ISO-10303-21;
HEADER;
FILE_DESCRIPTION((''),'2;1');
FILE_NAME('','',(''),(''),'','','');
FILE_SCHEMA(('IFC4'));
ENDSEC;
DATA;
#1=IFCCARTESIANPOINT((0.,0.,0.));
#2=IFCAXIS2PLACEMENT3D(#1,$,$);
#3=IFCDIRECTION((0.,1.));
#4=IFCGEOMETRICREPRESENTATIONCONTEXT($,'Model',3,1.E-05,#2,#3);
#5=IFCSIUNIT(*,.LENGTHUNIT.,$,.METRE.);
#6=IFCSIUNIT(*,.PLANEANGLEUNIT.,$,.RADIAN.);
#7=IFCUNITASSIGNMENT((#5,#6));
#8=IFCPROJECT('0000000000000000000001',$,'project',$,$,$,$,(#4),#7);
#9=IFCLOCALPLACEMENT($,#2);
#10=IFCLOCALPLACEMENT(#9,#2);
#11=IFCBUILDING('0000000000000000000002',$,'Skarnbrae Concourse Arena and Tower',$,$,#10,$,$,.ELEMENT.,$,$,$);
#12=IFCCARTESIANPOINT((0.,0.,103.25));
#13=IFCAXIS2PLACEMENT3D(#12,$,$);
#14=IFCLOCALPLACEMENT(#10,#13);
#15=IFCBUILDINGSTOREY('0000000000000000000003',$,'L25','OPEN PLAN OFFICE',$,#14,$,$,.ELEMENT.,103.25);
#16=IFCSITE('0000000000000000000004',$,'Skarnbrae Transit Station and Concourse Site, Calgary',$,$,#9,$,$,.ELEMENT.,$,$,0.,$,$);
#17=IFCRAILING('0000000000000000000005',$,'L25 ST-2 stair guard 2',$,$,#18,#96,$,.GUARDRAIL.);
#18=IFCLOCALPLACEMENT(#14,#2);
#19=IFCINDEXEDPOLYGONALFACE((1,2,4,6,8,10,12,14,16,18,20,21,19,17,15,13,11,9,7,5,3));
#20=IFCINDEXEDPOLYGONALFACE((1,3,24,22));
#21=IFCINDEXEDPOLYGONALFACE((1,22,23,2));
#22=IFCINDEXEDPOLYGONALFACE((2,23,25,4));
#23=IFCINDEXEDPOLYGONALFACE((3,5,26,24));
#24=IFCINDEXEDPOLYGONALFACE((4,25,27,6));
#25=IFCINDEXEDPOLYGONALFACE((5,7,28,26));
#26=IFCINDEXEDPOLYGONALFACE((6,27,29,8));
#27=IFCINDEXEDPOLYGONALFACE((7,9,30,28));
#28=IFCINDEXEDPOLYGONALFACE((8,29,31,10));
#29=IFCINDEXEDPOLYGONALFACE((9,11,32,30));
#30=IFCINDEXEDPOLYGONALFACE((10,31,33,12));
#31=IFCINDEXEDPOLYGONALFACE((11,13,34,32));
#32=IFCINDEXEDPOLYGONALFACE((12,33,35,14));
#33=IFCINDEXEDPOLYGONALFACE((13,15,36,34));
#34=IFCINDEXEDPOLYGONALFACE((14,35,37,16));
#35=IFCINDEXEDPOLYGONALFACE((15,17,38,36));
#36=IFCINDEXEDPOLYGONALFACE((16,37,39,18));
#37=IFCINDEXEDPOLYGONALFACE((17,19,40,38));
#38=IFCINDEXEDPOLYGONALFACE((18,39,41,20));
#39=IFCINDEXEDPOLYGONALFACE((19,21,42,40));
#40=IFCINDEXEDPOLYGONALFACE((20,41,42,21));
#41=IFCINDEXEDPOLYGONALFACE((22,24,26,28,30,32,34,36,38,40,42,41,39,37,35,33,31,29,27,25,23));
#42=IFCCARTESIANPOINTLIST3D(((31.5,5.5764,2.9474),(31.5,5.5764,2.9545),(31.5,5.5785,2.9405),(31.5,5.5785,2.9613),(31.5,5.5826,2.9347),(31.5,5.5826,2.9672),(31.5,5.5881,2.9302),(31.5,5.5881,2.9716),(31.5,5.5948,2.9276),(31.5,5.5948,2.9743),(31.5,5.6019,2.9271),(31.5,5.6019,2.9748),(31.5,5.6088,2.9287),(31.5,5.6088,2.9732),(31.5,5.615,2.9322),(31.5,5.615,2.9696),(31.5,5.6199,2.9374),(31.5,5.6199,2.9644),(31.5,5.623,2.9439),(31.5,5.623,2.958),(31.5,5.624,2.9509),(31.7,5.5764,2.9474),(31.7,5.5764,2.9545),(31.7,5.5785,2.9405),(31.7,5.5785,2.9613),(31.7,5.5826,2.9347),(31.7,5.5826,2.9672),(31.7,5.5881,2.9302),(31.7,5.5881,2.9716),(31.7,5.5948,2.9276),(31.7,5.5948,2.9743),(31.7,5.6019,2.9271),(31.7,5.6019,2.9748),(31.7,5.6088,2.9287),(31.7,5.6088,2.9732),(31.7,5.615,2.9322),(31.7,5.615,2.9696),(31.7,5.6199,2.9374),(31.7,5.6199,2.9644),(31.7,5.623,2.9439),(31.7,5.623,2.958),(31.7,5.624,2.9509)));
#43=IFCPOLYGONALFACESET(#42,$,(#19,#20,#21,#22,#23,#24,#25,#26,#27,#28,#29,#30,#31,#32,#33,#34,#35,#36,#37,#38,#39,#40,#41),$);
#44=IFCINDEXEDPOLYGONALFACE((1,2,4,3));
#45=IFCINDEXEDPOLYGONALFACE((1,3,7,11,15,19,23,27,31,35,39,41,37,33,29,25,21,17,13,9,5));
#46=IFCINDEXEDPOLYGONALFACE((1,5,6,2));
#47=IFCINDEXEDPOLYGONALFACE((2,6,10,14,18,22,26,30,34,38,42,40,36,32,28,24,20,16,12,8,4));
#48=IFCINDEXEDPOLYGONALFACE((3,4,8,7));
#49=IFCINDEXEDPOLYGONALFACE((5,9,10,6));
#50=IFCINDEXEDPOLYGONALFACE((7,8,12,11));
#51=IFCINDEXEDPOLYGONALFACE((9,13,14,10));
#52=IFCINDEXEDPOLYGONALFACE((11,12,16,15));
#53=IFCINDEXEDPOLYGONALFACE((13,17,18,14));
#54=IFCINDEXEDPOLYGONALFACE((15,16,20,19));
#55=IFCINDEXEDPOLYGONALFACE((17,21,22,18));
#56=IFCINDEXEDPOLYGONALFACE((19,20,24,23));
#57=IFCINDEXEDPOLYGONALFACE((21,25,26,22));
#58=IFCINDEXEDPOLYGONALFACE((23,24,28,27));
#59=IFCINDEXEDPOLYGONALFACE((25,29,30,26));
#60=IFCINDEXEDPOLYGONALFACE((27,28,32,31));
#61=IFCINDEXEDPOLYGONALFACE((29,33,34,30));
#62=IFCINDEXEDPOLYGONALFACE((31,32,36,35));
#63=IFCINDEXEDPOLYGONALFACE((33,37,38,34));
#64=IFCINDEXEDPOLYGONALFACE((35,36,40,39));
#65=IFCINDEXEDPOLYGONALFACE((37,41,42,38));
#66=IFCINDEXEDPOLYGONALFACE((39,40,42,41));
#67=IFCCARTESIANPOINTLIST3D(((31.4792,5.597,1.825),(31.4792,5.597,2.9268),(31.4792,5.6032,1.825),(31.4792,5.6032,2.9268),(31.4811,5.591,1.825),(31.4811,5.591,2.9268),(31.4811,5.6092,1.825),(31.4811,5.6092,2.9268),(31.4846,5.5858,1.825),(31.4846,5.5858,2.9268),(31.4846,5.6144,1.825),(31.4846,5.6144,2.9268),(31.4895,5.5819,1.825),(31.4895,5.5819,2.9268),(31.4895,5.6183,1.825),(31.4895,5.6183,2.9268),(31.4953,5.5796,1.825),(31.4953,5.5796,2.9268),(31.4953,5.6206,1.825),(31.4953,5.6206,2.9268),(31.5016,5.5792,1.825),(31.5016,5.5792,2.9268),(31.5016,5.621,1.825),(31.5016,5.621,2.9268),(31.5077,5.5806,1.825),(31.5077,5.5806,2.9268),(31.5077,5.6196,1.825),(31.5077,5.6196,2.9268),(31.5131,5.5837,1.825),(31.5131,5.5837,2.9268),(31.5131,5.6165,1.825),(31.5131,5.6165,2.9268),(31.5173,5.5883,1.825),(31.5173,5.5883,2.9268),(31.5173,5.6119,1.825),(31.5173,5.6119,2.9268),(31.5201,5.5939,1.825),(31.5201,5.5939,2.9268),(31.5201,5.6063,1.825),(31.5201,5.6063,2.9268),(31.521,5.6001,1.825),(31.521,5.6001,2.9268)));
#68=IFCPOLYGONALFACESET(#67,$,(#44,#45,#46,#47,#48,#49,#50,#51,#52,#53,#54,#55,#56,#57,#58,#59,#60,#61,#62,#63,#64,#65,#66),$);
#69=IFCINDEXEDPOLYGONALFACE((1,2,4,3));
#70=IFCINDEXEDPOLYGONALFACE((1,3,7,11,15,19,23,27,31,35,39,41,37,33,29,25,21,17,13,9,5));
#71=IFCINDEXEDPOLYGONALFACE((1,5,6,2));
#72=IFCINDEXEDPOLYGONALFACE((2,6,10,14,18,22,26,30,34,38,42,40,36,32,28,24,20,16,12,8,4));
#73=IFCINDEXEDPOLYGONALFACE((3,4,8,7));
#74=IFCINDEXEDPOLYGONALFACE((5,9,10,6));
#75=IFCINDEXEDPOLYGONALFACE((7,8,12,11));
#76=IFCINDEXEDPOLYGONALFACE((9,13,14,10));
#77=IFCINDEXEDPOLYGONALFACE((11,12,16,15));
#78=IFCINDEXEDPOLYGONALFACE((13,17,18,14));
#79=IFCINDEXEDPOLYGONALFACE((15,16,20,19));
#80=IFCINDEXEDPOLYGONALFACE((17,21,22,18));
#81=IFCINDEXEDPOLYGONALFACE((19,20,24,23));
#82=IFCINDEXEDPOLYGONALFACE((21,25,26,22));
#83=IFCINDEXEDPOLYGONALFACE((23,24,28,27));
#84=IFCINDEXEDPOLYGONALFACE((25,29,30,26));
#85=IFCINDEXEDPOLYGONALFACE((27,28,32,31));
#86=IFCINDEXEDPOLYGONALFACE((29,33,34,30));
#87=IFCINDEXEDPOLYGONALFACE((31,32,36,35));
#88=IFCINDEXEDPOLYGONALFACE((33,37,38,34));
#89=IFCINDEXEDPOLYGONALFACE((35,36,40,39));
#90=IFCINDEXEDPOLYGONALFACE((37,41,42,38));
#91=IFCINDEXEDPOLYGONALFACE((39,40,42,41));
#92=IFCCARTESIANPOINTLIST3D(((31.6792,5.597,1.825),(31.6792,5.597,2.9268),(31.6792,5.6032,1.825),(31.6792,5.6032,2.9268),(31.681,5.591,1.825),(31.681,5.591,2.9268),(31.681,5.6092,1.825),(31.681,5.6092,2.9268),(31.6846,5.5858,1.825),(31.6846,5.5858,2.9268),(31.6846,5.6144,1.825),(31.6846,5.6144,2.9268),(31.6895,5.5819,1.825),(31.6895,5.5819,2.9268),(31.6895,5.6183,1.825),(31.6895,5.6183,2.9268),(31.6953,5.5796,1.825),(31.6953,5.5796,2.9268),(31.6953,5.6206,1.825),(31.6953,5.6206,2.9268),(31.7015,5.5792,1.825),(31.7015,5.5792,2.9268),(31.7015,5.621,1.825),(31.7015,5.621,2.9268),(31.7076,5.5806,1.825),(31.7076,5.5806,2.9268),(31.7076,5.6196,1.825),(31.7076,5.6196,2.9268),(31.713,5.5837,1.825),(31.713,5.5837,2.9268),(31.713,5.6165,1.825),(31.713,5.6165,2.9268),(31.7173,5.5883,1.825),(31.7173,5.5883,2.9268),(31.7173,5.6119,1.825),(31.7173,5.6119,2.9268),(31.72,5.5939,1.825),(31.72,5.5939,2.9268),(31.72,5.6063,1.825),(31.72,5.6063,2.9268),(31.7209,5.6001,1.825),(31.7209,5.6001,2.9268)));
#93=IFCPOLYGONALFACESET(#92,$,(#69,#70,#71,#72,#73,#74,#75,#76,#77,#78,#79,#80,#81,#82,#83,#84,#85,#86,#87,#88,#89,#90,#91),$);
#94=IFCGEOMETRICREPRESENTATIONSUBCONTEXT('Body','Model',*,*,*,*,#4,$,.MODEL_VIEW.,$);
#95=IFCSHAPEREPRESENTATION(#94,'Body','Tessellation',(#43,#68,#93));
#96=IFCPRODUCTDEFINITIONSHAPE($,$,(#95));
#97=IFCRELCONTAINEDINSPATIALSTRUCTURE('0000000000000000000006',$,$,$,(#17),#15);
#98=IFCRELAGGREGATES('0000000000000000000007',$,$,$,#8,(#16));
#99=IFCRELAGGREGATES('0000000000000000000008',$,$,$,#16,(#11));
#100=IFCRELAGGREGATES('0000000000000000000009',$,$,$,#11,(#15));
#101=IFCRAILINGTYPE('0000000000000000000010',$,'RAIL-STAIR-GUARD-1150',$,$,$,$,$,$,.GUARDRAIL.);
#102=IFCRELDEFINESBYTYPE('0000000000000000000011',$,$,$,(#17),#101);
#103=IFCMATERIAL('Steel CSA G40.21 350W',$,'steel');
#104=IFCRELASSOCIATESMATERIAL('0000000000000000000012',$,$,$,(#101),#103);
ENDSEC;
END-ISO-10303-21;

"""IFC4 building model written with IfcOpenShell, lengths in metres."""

from ifc_helpers import new_model, si_unit, direction, frame, origin, origin_2d, place, context, subcontext, project, spatial, circle, extrude, material, type_object, element, save


model = new_model("IFC4")

# Units and contexts
model_context = context("Model", 3, precision=1e-05, world=origin(), true_north=direction((0.0, 1.0)))
body_context = subcontext(model_context, "Body", "Model", "MODEL_VIEW")
ifc_project = project(units=[si_unit("LENGTHUNIT", "METRE"), si_unit("PLANEANGLEUNIT", "RADIAN")], contexts=[model_context])

# Site, building, storey
site_placement = place(None, origin())
site = spatial("IfcSite", under=ifc_project, at=site_placement, Name="Skarnbrae Transit Station and Concourse Site, Calgary", CompositionType="ELEMENT", RefElevation=0.0)
building_placement = place(site_placement, origin())
building = spatial("IfcBuilding", under=site, at=building_placement, Name="Skarnbrae Concourse Arena and Tower", CompositionType="ELEMENT")
storey_placement = place(building_placement, frame((0.0, 0.0, 103.25)))
storey = spatial("IfcBuildingStorey", under=building, at=storey_placement, Name="L25", Description="OPEN PLAN OFFICE", CompositionType="ELEMENT", Elevation=103.25)

# Shared definitions
ifc_material_1 = material(Name="Steel CSA G40.21 350W", Category="steel")

# Railing
railing_type_1 = type_object("IfcRailingType", Name="RAIL-STAIR-GUARD-1150", PredefinedType="GUARDRAIL", material=ifc_material_1)
railing_1_placement = place(storey_placement, frame((31.5, 5.6001, 1.825)))
element("IfcRailing", 1, at=railing_1_placement, inside=storey, type_object=railing_type_1, Name="L25 ST-2 stair guard 2", PredefinedType="GUARDRAIL", context=body_context, shape_type="SweptSolid", body=[
    extrude(circle(Radius=0.0239, at=origin_2d()), frame((0.0, 0.0, 1.126), z_axis=(1.0, 0.0, 0.0), x_axis=(0.0, 1.0, 0.0)), (0.0, 0.0, 1.0), 0.2),
    extrude(circle(Radius=0.021, at=origin_2d()), origin(), (0.0, 0.0, 1.0), 1.1018),
    extrude(circle(Radius=0.021, at=origin_2d()), frame((0.2, 0.0, 0.0)), (0.0, 0.0, 1.0), 1.1018),
])

save(model, "model.ifc")
